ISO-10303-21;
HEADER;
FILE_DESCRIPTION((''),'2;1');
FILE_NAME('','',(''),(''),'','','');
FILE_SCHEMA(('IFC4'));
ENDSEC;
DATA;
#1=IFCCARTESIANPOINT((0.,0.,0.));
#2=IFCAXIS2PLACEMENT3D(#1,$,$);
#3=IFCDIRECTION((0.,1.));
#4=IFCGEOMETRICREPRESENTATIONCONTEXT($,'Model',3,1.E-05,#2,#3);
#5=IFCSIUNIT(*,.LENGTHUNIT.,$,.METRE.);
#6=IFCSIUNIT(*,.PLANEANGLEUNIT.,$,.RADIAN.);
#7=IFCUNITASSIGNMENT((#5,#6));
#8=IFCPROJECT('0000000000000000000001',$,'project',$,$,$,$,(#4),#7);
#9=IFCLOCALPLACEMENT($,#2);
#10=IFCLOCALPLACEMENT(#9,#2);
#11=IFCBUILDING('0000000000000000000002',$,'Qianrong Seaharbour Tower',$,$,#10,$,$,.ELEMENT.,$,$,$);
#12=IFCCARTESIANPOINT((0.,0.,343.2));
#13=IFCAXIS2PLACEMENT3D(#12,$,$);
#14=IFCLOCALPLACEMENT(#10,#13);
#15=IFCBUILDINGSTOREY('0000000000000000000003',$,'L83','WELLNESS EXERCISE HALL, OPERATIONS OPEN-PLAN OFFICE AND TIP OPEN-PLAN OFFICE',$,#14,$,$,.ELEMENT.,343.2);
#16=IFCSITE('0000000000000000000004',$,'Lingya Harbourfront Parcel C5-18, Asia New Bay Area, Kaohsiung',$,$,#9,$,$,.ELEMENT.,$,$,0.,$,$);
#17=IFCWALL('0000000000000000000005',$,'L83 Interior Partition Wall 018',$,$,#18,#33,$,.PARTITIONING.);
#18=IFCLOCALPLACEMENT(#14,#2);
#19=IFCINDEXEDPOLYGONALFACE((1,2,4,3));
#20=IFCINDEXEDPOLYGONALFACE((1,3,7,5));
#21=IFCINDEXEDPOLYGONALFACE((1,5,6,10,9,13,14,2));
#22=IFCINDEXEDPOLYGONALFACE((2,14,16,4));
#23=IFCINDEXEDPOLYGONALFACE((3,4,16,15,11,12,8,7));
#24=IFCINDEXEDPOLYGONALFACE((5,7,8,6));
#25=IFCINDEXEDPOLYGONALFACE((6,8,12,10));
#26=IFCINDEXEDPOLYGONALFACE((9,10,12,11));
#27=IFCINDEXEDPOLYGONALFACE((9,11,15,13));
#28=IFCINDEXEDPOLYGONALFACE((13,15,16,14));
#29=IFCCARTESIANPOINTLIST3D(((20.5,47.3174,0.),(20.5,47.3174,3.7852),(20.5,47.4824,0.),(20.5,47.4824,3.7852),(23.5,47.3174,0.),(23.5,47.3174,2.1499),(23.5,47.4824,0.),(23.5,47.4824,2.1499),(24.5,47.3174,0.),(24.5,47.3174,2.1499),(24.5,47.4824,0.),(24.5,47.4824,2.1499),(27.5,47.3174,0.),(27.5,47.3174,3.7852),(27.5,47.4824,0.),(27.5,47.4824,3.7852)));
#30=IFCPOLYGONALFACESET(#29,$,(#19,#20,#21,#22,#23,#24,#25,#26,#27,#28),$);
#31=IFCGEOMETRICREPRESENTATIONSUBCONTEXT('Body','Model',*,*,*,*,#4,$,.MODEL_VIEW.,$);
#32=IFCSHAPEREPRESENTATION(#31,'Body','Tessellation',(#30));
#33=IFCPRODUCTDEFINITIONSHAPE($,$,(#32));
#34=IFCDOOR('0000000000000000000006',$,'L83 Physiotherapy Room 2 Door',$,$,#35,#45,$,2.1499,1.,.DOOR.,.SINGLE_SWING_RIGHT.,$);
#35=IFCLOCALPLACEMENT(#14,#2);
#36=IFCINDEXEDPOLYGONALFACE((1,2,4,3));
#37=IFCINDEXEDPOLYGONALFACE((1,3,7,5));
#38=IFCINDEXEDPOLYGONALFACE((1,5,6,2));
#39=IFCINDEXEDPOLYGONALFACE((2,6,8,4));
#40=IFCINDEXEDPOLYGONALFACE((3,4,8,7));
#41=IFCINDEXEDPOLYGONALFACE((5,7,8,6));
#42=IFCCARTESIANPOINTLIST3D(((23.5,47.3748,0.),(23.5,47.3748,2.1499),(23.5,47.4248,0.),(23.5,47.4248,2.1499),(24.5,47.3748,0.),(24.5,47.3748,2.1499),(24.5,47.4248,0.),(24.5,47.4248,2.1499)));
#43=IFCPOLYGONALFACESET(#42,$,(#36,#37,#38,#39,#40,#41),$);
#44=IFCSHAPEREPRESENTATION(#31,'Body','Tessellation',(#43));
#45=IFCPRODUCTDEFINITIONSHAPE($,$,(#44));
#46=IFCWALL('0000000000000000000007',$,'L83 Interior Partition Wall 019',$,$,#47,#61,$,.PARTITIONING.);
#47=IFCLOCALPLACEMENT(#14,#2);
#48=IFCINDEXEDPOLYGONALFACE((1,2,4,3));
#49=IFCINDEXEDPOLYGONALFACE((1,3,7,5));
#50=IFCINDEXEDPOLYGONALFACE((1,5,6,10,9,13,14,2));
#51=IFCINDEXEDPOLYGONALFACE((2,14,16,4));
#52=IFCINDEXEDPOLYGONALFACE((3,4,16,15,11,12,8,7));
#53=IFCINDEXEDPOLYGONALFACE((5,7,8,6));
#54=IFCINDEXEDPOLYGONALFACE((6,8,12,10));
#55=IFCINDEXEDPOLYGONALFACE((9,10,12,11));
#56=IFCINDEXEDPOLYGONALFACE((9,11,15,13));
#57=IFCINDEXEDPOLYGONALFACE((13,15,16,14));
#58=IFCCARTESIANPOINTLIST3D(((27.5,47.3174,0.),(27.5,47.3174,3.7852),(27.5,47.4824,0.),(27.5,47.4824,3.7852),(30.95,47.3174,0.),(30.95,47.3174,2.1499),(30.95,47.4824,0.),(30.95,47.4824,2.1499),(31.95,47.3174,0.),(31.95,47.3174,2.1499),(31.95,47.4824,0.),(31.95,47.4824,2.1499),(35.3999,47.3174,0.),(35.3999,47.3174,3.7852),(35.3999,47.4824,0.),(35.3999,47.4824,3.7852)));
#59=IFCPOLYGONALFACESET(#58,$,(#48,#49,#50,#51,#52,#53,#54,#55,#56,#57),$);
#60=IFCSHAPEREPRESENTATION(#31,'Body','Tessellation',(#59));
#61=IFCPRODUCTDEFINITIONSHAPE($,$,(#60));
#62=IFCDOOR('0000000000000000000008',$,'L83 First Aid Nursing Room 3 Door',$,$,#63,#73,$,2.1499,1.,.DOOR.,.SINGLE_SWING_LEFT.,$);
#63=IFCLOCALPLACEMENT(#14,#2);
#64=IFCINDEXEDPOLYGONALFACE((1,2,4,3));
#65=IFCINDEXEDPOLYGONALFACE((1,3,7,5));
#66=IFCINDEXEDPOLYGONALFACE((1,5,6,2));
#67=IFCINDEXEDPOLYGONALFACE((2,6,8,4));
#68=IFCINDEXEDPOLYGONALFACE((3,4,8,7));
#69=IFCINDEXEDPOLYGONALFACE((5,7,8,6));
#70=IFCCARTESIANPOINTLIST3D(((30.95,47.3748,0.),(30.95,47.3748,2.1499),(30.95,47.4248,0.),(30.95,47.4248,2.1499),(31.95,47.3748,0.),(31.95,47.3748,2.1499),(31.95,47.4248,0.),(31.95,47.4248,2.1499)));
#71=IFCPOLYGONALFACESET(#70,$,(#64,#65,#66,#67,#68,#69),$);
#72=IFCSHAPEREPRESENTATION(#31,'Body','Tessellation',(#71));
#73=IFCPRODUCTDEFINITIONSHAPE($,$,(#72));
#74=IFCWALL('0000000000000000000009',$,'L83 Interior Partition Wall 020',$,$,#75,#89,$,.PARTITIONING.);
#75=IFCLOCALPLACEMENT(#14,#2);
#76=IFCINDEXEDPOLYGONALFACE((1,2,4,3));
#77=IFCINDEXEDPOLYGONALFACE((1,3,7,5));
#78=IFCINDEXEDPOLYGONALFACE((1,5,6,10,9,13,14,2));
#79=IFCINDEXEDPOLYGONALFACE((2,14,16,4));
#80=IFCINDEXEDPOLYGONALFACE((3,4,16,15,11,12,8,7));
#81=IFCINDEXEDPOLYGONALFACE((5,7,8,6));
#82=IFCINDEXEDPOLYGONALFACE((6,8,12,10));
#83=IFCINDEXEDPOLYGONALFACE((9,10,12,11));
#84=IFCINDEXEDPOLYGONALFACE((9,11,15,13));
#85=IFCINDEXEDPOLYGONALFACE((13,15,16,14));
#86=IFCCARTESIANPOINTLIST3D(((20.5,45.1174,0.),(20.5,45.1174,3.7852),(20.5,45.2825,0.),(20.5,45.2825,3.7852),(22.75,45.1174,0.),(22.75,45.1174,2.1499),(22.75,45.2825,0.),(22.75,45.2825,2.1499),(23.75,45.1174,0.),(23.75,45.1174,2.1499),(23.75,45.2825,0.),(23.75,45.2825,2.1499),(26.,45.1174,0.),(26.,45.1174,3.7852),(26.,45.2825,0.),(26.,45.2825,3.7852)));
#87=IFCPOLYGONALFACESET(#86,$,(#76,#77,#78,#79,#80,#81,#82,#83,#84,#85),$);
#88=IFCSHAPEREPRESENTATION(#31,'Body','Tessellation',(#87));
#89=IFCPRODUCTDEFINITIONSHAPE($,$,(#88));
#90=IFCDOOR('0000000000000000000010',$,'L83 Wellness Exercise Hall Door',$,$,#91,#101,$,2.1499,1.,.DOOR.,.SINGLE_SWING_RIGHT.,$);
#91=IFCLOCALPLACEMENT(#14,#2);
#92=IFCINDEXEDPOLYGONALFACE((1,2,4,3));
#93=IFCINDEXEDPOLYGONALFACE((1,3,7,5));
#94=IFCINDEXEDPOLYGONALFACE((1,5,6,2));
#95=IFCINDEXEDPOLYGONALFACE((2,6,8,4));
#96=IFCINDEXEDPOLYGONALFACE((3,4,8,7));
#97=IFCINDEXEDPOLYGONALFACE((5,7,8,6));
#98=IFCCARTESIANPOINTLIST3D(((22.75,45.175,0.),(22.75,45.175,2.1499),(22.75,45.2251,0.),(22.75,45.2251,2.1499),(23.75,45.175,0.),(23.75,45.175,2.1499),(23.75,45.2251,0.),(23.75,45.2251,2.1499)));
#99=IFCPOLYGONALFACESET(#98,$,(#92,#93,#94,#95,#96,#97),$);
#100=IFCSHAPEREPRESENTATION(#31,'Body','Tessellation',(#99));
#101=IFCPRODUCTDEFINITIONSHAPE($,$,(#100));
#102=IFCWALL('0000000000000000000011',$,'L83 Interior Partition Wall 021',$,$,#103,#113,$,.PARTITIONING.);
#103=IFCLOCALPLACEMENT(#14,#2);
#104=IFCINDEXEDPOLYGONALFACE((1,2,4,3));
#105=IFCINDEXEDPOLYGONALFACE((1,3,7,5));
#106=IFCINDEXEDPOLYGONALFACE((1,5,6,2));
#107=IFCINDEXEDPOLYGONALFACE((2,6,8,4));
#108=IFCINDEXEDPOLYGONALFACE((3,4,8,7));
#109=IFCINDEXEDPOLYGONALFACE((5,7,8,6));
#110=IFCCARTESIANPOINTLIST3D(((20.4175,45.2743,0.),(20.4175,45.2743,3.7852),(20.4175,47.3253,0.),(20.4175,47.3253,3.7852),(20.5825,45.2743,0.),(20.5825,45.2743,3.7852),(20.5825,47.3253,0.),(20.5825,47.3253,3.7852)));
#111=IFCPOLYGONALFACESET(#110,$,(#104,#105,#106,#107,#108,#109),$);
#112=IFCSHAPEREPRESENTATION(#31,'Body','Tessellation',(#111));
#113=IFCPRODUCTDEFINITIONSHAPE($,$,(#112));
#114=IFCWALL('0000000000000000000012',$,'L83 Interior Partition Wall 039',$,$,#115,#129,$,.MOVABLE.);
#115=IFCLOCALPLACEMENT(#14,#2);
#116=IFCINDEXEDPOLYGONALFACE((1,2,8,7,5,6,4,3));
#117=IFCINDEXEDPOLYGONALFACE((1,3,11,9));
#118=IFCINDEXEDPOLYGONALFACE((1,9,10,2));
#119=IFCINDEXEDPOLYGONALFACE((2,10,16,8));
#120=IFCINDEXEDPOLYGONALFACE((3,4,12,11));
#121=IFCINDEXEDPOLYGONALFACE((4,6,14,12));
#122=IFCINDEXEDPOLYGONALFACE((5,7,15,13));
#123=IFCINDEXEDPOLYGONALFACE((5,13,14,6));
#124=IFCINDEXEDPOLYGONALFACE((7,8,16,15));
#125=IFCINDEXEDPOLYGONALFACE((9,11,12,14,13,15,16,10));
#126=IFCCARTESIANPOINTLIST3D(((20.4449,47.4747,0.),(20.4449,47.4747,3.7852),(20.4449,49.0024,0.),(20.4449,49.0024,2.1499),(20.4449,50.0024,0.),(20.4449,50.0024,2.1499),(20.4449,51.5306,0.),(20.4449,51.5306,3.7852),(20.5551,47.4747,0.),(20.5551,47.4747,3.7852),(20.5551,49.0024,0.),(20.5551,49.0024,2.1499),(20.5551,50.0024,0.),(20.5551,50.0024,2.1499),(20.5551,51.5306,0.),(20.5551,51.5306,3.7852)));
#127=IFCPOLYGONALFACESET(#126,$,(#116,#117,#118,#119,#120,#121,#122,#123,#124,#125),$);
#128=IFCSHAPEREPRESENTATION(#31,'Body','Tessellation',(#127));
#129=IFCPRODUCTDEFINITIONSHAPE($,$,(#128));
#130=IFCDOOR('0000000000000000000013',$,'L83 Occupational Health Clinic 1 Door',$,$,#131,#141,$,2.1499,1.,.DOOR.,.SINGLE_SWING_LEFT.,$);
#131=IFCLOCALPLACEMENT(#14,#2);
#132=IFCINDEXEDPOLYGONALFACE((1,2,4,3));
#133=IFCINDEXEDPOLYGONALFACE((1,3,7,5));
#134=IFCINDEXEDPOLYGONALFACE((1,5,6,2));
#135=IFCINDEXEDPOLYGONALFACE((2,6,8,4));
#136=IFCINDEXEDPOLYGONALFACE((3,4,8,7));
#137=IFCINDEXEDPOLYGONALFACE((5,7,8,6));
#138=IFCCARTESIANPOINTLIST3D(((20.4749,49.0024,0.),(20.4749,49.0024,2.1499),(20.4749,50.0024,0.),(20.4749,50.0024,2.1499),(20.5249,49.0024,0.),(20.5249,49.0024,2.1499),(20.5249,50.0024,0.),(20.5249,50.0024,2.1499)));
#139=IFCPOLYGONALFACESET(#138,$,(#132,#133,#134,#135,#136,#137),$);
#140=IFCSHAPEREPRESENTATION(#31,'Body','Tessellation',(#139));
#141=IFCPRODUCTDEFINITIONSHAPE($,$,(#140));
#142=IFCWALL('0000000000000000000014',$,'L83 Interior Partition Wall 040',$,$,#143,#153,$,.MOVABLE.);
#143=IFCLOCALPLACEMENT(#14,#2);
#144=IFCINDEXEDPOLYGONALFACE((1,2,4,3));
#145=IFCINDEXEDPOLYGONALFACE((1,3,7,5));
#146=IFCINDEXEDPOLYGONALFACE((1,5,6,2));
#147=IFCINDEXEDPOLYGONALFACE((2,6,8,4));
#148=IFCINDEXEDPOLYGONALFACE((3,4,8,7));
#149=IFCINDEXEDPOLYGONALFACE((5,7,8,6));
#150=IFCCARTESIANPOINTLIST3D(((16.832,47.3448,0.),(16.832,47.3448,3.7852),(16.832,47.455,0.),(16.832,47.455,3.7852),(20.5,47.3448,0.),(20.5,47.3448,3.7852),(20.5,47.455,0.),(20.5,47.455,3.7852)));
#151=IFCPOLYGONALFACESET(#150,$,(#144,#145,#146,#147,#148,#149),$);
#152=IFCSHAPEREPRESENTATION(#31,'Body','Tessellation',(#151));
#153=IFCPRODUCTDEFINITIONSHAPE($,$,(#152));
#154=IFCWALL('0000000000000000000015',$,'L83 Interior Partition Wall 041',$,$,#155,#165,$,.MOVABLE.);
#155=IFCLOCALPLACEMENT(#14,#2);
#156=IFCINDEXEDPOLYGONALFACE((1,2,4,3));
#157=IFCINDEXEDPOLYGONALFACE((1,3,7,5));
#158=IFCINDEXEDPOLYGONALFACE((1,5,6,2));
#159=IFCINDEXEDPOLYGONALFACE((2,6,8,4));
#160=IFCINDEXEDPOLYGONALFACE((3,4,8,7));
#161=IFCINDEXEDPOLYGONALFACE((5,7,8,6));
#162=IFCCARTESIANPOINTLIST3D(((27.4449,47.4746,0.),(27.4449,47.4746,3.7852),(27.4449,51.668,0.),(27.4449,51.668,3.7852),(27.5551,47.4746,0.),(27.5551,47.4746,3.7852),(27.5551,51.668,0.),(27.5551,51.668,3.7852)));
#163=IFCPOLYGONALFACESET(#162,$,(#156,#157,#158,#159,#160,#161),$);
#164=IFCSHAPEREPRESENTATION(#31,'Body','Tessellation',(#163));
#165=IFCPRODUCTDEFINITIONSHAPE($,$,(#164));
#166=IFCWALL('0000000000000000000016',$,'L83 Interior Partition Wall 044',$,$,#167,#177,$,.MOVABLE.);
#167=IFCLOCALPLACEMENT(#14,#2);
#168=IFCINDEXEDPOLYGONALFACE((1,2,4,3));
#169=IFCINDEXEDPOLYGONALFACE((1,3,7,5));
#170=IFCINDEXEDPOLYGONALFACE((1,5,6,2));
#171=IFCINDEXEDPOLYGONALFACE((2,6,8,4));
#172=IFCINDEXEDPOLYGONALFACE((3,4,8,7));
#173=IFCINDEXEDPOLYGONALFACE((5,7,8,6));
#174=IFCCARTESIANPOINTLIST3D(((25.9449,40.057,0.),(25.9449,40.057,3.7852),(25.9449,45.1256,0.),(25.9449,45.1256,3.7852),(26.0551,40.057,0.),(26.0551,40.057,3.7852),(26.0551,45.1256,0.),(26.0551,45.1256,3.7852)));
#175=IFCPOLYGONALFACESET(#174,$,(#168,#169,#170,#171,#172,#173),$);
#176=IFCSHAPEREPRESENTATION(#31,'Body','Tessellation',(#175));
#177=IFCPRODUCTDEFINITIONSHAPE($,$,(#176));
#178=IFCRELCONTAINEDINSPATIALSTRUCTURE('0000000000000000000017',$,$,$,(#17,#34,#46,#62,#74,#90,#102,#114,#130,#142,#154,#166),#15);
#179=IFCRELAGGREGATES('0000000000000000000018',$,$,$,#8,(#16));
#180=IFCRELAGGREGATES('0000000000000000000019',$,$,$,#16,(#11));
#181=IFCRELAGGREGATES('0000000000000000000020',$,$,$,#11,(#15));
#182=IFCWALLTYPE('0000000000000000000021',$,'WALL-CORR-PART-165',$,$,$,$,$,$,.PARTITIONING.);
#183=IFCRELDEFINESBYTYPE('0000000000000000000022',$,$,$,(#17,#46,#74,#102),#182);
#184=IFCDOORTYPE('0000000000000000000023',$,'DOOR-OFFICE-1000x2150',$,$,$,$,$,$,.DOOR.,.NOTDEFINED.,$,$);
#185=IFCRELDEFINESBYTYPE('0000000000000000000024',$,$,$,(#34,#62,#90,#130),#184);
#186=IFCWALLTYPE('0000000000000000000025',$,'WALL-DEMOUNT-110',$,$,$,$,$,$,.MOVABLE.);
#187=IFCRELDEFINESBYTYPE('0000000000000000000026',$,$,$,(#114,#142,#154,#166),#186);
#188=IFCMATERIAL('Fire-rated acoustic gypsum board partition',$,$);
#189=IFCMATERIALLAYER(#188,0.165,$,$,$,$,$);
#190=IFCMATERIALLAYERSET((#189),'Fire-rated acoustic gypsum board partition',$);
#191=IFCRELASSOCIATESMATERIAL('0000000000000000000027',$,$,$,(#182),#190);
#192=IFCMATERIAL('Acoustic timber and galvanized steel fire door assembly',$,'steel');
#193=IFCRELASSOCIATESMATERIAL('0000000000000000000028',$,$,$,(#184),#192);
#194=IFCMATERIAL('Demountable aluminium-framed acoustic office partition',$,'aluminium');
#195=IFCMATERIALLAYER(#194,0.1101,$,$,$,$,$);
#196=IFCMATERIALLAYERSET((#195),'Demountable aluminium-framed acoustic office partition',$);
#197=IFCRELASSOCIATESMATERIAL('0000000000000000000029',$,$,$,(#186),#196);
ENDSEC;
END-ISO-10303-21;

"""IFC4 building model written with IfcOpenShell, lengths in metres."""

from ifc_helpers import new_model, si_unit, direction, frame, frame_2d, origin, place, context, subcontext, project, spatial, rectangle, extrude, material, layer, layer_set, type_object, element, fill, save


model = new_model("IFC4")

# Units and contexts
model_context = context("Model", 3, precision=1e-05, world=origin(), true_north=direction((0.0, 1.0)))
body_context = subcontext(model_context, "Body", "Model", "MODEL_VIEW")
ifc_project = project(units=[si_unit("LENGTHUNIT", "METRE"), si_unit("PLANEANGLEUNIT", "RADIAN")], contexts=[model_context])

# Site, building, storey
site_placement = place(None, origin())
site = spatial("IfcSite", under=ifc_project, at=site_placement, Name="Lingya Harbourfront Parcel C5-18, Asia New Bay Area, Kaohsiung", CompositionType="ELEMENT", RefElevation=0.0)
building_placement = place(site_placement, origin())
building = spatial("IfcBuilding", under=site, at=building_placement, Name="Qianrong Seaharbour Tower", CompositionType="ELEMENT")
storey_placement = place(building_placement, frame((0.0, 0.0, 343.2)))
storey = spatial("IfcBuildingStorey", under=building, at=storey_placement, Name="L83", Description="WELLNESS EXERCISE HALL, OPERATIONS OPEN-PLAN OFFICE AND TIP OPEN-PLAN OFFICE", CompositionType="ELEMENT", Elevation=343.2)

# Walls, openings, doors
ifc_material_1 = material(Name="Fire-rated acoustic gypsum board partition")
ifc_layer_1 = layer(ifc_material_1, 0.165)
ifc_layer_set_1 = layer_set([ifc_layer_1], Name="Fire-rated acoustic gypsum board partition")
wall_type_1 = type_object("IfcWallType", Name="WALL-CORR-PART-165", PredefinedType="PARTITIONING", material=ifc_layer_set_1)
wall_1_placement = place(storey_placement, frame((20.5, 47.3999, 0.0), z_axis=(0.0, 0.0, 1.0), x_axis=(1.0, 0.0, 0.0)))
wall_1 = element("IfcWall", 1, at=wall_1_placement, inside=storey, type_object=wall_type_1, Name="L83 Interior Partition Wall 018", PredefinedType="PARTITIONING", context=body_context, shape_type="SweptSolid", body=[
    extrude(rectangle(XDim=7.0, YDim=0.165, at=frame_2d((3.5, 0.0))), origin(), (0.0, 0.0, 1.0), 3.7852),
])
opening_1_placement = place(wall_1_placement, frame((3.0, 0.0, 0.0)))
opening_1 = element("IfcOpeningElement", 2, at=opening_1_placement, cuts=wall_1, PredefinedType="OPENING", context=body_context, shape_type="SweptSolid", body=[
    extrude(rectangle(XDim=1.0, YDim=2.1499, at=frame_2d((0.5, 1.075))), frame((0.0, 0.0925, 0.0), z_axis=(0.0, -1.0, 0.0), x_axis=(1.0, 0.0, 0.0)), (0.0, 0.0, 1.0), 0.1851),
])
ifc_material_2 = material(Name="Acoustic timber and galvanized steel fire door assembly", Category="steel")
door_type = type_object("IfcDoorType", Name="DOOR-OFFICE-1000x2150", OperationType="NOTDEFINED", PredefinedType="DOOR", material=ifc_material_2)
door_1_placement = place(opening_1_placement, origin())
door_1 = element("IfcDoor", 3, at=door_1_placement, inside=storey, type_object=door_type, Name="L83 Physiotherapy Room 2 Door", OperationType="SINGLE_SWING_RIGHT", OverallHeight=2.1499, OverallWidth=1.0, PredefinedType="DOOR", context=body_context, shape_type="SweptSolid", body=[
    extrude(rectangle(XDim=1.0, YDim=2.1499, at=frame_2d((0.5, 1.075))), frame((0.0, 0.0249, 0.0), z_axis=(0.0, -1.0, 0.0), x_axis=(1.0, 0.0, 0.0)), (0.0, 0.0, 1.0), 0.05),
])
fill(opening_1, door_1)
wall_2_placement = place(storey_placement, frame((27.5, 47.3999, 0.0), z_axis=(0.0, 0.0, 1.0), x_axis=(1.0, 0.0, 0.0)))
wall_2 = element("IfcWall", 4, at=wall_2_placement, inside=storey, type_object=wall_type_1, Name="L83 Interior Partition Wall 019", PredefinedType="PARTITIONING", context=body_context, shape_type="SweptSolid", body=[
    extrude(rectangle(XDim=7.8999, YDim=0.165, at=frame_2d((3.95, 0.0))), origin(), (0.0, 0.0, 1.0), 3.7852),
])
opening_2_placement = place(wall_2_placement, frame((3.45, 0.0, 0.0)))
opening_2 = element("IfcOpeningElement", 5, at=opening_2_placement, cuts=wall_2, PredefinedType="OPENING", context=body_context, shape_type="SweptSolid", body=[
    extrude(rectangle(XDim=1.0, YDim=2.1499, at=frame_2d((0.5, 1.075))), frame((0.0, 0.0925, 0.0), z_axis=(0.0, -1.0, 0.0), x_axis=(1.0, 0.0, 0.0)), (0.0, 0.0, 1.0), 0.1851),
])
door_2_placement = place(opening_2_placement, origin())
door_2 = element("IfcDoor", 6, at=door_2_placement, inside=storey, type_object=door_type, Name="L83 First Aid Nursing Room 3 Door", OperationType="SINGLE_SWING_LEFT", OverallHeight=2.1499, OverallWidth=1.0, PredefinedType="DOOR", context=body_context, shape_type="SweptSolid", body=[
    extrude(rectangle(XDim=1.0, YDim=2.1499, at=frame_2d((0.5, 1.075))), frame((0.0, 0.0249, 0.0), z_axis=(0.0, -1.0, 0.0), x_axis=(1.0, 0.0, 0.0)), (0.0, 0.0, 1.0), 0.05),
])
fill(opening_2, door_2)
wall_3_placement = place(storey_placement, frame((26.0, 45.2, 0.0), z_axis=(0.0, 0.0, 1.0), x_axis=(-1.0, 0.0, 0.0)))
wall_3 = element("IfcWall", 7, at=wall_3_placement, inside=storey, type_object=wall_type_1, Name="L83 Interior Partition Wall 020", PredefinedType="PARTITIONING", context=body_context, shape_type="SweptSolid", body=[
    extrude(rectangle(XDim=5.5, YDim=0.165, at=frame_2d((2.75, 0.0))), origin(), (0.0, 0.0, 1.0), 3.7852),
])
opening_3_placement = place(wall_3_placement, frame((2.25, 0.0, 0.0)))
opening_3 = element("IfcOpeningElement", 8, at=opening_3_placement, cuts=wall_3, PredefinedType="OPENING", context=body_context, shape_type="SweptSolid", body=[
    extrude(rectangle(XDim=1.0, YDim=2.1499, at=frame_2d((0.5, 1.075))), frame((0.0, 0.0925, 0.0), z_axis=(0.0, -1.0, 0.0), x_axis=(1.0, 0.0, 0.0)), (0.0, 0.0, 1.0), 0.1851),
])
door_3_placement = place(opening_3_placement, origin())
door_3 = element("IfcDoor", 9, at=door_3_placement, inside=storey, type_object=door_type, Name="L83 Wellness Exercise Hall Door", OperationType="SINGLE_SWING_RIGHT", OverallHeight=2.1499, OverallWidth=1.0, PredefinedType="DOOR", context=body_context, shape_type="SweptSolid", body=[
    extrude(rectangle(XDim=1.0, YDim=2.1499, at=frame_2d((0.5, 1.075))), frame((0.0, 0.0249, 0.0), z_axis=(0.0, -1.0, 0.0), x_axis=(1.0, 0.0, 0.0)), (0.0, 0.0, 1.0), 0.05),
])
fill(opening_3, door_3)

# Wall
wall_4_placement = place(storey_placement, frame((20.5, 45.2744, 0.0), z_axis=(0.0, 0.0, 1.0), x_axis=(0.0, 1.0, 0.0)))
element("IfcWall", 10, at=wall_4_placement, inside=storey, type_object=wall_type_1, Name="L83 Interior Partition Wall 021", PredefinedType="PARTITIONING", context=body_context, shape_type="SweptSolid", body=[
    extrude(rectangle(XDim=2.051, YDim=0.165, at=frame_2d((1.0254, 0.0))), origin(), (0.0, 0.0, 1.0), 3.7852),
])

# Wall, opening, door
ifc_material_3 = material(Name="Demountable aluminium-framed acoustic office partition", Category="aluminium")
ifc_layer_2 = layer(ifc_material_3, 0.1101)
ifc_layer_set_2 = layer_set([ifc_layer_2], Name="Demountable aluminium-framed acoustic office partition")
wall_type_2 = type_object("IfcWallType", Name="WALL-DEMOUNT-110", PredefinedType="MOVABLE", material=ifc_layer_set_2)
wall_5_placement = place(storey_placement, frame((20.5, 51.5305, 0.0), z_axis=(0.0, 0.0, 1.0), x_axis=(0.0, -1.0, 0.0)))
wall_5 = element("IfcWall", 11, at=wall_5_placement, inside=storey, type_object=wall_type_2, Name="L83 Interior Partition Wall 039", PredefinedType="MOVABLE", context=body_context, shape_type="SweptSolid", body=[
    extrude(rectangle(XDim=4.0559, YDim=0.1101, at=frame_2d((2.0278, 0.0))), origin(), (0.0, 0.0, 1.0), 3.7852),
])
opening_4_placement = place(wall_5_placement, frame((1.5281, 0.0, 0.0)))
opening_4 = element("IfcOpeningElement", 12, at=opening_4_placement, cuts=wall_5, PredefinedType="OPENING", context=body_context, shape_type="SweptSolid", body=[
    extrude(rectangle(XDim=1.0, YDim=2.1499, at=frame_2d((0.5, 1.075))), frame((0.0, 0.0649, 0.0), z_axis=(0.0, -1.0, 0.0), x_axis=(1.0, 0.0, 0.0)), (0.0, 0.0, 1.0), 0.1301),
])
door_4_placement = place(opening_4_placement, origin())
door_4 = element("IfcDoor", 13, at=door_4_placement, inside=storey, type_object=door_type, Name="L83 Occupational Health Clinic 1 Door", OperationType="SINGLE_SWING_LEFT", OverallHeight=2.1499, OverallWidth=1.0, PredefinedType="DOOR", context=body_context, shape_type="SweptSolid", body=[
    extrude(rectangle(XDim=1.0, YDim=2.1499, at=frame_2d((0.5, 1.075))), frame((0.0, 0.0249, 0.0), z_axis=(0.0, -1.0, 0.0), x_axis=(1.0, 0.0, 0.0)), (0.0, 0.0, 1.0), 0.05),
])
fill(opening_4, door_4)

# Walls
wall_6_placement = place(storey_placement, frame((20.5, 47.3999, 0.0), z_axis=(0.0, 0.0, 1.0), x_axis=(-1.0, 0.0, 0.0)))
element("IfcWall", 14, at=wall_6_placement, inside=storey, type_object=wall_type_2, Name="L83 Interior Partition Wall 040", PredefinedType="MOVABLE", context=body_context, shape_type="SweptSolid", body=[
    extrude(rectangle(XDim=3.668, YDim=0.1101, at=frame_2d((1.834, 0.0))), origin(), (0.0, 0.0, 1.0), 3.7852),
])
wall_7_placement = place(storey_placement, frame((27.5, 51.668, 0.0), z_axis=(0.0, 0.0, 1.0), x_axis=(0.0, -1.0, 0.0)))
element("IfcWall", 15, at=wall_7_placement, inside=storey, type_object=wall_type_2, Name="L83 Interior Partition Wall 041", PredefinedType="MOVABLE", context=body_context, shape_type="SweptSolid", body=[
    extrude(rectangle(XDim=4.1934, YDim=0.1101, at=frame_2d((2.0967, 0.0))), origin(), (0.0, 0.0, 1.0), 3.7852),
])
wall_8_placement = place(storey_placement, frame((26.0, 45.1255, 0.0), z_axis=(0.0, 0.0, 1.0), x_axis=(0.0, -1.0, 0.0)))
element("IfcWall", 16, at=wall_8_placement, inside=storey, type_object=wall_type_2, Name="L83 Interior Partition Wall 044", PredefinedType="MOVABLE", context=body_context, shape_type="SweptSolid", body=[
    extrude(rectangle(XDim=5.0686, YDim=0.1101, at=frame_2d((2.5342, 0.0))), origin(), (0.0, 0.0, 1.0), 3.7852),
])

save(model, "model.ifc")
